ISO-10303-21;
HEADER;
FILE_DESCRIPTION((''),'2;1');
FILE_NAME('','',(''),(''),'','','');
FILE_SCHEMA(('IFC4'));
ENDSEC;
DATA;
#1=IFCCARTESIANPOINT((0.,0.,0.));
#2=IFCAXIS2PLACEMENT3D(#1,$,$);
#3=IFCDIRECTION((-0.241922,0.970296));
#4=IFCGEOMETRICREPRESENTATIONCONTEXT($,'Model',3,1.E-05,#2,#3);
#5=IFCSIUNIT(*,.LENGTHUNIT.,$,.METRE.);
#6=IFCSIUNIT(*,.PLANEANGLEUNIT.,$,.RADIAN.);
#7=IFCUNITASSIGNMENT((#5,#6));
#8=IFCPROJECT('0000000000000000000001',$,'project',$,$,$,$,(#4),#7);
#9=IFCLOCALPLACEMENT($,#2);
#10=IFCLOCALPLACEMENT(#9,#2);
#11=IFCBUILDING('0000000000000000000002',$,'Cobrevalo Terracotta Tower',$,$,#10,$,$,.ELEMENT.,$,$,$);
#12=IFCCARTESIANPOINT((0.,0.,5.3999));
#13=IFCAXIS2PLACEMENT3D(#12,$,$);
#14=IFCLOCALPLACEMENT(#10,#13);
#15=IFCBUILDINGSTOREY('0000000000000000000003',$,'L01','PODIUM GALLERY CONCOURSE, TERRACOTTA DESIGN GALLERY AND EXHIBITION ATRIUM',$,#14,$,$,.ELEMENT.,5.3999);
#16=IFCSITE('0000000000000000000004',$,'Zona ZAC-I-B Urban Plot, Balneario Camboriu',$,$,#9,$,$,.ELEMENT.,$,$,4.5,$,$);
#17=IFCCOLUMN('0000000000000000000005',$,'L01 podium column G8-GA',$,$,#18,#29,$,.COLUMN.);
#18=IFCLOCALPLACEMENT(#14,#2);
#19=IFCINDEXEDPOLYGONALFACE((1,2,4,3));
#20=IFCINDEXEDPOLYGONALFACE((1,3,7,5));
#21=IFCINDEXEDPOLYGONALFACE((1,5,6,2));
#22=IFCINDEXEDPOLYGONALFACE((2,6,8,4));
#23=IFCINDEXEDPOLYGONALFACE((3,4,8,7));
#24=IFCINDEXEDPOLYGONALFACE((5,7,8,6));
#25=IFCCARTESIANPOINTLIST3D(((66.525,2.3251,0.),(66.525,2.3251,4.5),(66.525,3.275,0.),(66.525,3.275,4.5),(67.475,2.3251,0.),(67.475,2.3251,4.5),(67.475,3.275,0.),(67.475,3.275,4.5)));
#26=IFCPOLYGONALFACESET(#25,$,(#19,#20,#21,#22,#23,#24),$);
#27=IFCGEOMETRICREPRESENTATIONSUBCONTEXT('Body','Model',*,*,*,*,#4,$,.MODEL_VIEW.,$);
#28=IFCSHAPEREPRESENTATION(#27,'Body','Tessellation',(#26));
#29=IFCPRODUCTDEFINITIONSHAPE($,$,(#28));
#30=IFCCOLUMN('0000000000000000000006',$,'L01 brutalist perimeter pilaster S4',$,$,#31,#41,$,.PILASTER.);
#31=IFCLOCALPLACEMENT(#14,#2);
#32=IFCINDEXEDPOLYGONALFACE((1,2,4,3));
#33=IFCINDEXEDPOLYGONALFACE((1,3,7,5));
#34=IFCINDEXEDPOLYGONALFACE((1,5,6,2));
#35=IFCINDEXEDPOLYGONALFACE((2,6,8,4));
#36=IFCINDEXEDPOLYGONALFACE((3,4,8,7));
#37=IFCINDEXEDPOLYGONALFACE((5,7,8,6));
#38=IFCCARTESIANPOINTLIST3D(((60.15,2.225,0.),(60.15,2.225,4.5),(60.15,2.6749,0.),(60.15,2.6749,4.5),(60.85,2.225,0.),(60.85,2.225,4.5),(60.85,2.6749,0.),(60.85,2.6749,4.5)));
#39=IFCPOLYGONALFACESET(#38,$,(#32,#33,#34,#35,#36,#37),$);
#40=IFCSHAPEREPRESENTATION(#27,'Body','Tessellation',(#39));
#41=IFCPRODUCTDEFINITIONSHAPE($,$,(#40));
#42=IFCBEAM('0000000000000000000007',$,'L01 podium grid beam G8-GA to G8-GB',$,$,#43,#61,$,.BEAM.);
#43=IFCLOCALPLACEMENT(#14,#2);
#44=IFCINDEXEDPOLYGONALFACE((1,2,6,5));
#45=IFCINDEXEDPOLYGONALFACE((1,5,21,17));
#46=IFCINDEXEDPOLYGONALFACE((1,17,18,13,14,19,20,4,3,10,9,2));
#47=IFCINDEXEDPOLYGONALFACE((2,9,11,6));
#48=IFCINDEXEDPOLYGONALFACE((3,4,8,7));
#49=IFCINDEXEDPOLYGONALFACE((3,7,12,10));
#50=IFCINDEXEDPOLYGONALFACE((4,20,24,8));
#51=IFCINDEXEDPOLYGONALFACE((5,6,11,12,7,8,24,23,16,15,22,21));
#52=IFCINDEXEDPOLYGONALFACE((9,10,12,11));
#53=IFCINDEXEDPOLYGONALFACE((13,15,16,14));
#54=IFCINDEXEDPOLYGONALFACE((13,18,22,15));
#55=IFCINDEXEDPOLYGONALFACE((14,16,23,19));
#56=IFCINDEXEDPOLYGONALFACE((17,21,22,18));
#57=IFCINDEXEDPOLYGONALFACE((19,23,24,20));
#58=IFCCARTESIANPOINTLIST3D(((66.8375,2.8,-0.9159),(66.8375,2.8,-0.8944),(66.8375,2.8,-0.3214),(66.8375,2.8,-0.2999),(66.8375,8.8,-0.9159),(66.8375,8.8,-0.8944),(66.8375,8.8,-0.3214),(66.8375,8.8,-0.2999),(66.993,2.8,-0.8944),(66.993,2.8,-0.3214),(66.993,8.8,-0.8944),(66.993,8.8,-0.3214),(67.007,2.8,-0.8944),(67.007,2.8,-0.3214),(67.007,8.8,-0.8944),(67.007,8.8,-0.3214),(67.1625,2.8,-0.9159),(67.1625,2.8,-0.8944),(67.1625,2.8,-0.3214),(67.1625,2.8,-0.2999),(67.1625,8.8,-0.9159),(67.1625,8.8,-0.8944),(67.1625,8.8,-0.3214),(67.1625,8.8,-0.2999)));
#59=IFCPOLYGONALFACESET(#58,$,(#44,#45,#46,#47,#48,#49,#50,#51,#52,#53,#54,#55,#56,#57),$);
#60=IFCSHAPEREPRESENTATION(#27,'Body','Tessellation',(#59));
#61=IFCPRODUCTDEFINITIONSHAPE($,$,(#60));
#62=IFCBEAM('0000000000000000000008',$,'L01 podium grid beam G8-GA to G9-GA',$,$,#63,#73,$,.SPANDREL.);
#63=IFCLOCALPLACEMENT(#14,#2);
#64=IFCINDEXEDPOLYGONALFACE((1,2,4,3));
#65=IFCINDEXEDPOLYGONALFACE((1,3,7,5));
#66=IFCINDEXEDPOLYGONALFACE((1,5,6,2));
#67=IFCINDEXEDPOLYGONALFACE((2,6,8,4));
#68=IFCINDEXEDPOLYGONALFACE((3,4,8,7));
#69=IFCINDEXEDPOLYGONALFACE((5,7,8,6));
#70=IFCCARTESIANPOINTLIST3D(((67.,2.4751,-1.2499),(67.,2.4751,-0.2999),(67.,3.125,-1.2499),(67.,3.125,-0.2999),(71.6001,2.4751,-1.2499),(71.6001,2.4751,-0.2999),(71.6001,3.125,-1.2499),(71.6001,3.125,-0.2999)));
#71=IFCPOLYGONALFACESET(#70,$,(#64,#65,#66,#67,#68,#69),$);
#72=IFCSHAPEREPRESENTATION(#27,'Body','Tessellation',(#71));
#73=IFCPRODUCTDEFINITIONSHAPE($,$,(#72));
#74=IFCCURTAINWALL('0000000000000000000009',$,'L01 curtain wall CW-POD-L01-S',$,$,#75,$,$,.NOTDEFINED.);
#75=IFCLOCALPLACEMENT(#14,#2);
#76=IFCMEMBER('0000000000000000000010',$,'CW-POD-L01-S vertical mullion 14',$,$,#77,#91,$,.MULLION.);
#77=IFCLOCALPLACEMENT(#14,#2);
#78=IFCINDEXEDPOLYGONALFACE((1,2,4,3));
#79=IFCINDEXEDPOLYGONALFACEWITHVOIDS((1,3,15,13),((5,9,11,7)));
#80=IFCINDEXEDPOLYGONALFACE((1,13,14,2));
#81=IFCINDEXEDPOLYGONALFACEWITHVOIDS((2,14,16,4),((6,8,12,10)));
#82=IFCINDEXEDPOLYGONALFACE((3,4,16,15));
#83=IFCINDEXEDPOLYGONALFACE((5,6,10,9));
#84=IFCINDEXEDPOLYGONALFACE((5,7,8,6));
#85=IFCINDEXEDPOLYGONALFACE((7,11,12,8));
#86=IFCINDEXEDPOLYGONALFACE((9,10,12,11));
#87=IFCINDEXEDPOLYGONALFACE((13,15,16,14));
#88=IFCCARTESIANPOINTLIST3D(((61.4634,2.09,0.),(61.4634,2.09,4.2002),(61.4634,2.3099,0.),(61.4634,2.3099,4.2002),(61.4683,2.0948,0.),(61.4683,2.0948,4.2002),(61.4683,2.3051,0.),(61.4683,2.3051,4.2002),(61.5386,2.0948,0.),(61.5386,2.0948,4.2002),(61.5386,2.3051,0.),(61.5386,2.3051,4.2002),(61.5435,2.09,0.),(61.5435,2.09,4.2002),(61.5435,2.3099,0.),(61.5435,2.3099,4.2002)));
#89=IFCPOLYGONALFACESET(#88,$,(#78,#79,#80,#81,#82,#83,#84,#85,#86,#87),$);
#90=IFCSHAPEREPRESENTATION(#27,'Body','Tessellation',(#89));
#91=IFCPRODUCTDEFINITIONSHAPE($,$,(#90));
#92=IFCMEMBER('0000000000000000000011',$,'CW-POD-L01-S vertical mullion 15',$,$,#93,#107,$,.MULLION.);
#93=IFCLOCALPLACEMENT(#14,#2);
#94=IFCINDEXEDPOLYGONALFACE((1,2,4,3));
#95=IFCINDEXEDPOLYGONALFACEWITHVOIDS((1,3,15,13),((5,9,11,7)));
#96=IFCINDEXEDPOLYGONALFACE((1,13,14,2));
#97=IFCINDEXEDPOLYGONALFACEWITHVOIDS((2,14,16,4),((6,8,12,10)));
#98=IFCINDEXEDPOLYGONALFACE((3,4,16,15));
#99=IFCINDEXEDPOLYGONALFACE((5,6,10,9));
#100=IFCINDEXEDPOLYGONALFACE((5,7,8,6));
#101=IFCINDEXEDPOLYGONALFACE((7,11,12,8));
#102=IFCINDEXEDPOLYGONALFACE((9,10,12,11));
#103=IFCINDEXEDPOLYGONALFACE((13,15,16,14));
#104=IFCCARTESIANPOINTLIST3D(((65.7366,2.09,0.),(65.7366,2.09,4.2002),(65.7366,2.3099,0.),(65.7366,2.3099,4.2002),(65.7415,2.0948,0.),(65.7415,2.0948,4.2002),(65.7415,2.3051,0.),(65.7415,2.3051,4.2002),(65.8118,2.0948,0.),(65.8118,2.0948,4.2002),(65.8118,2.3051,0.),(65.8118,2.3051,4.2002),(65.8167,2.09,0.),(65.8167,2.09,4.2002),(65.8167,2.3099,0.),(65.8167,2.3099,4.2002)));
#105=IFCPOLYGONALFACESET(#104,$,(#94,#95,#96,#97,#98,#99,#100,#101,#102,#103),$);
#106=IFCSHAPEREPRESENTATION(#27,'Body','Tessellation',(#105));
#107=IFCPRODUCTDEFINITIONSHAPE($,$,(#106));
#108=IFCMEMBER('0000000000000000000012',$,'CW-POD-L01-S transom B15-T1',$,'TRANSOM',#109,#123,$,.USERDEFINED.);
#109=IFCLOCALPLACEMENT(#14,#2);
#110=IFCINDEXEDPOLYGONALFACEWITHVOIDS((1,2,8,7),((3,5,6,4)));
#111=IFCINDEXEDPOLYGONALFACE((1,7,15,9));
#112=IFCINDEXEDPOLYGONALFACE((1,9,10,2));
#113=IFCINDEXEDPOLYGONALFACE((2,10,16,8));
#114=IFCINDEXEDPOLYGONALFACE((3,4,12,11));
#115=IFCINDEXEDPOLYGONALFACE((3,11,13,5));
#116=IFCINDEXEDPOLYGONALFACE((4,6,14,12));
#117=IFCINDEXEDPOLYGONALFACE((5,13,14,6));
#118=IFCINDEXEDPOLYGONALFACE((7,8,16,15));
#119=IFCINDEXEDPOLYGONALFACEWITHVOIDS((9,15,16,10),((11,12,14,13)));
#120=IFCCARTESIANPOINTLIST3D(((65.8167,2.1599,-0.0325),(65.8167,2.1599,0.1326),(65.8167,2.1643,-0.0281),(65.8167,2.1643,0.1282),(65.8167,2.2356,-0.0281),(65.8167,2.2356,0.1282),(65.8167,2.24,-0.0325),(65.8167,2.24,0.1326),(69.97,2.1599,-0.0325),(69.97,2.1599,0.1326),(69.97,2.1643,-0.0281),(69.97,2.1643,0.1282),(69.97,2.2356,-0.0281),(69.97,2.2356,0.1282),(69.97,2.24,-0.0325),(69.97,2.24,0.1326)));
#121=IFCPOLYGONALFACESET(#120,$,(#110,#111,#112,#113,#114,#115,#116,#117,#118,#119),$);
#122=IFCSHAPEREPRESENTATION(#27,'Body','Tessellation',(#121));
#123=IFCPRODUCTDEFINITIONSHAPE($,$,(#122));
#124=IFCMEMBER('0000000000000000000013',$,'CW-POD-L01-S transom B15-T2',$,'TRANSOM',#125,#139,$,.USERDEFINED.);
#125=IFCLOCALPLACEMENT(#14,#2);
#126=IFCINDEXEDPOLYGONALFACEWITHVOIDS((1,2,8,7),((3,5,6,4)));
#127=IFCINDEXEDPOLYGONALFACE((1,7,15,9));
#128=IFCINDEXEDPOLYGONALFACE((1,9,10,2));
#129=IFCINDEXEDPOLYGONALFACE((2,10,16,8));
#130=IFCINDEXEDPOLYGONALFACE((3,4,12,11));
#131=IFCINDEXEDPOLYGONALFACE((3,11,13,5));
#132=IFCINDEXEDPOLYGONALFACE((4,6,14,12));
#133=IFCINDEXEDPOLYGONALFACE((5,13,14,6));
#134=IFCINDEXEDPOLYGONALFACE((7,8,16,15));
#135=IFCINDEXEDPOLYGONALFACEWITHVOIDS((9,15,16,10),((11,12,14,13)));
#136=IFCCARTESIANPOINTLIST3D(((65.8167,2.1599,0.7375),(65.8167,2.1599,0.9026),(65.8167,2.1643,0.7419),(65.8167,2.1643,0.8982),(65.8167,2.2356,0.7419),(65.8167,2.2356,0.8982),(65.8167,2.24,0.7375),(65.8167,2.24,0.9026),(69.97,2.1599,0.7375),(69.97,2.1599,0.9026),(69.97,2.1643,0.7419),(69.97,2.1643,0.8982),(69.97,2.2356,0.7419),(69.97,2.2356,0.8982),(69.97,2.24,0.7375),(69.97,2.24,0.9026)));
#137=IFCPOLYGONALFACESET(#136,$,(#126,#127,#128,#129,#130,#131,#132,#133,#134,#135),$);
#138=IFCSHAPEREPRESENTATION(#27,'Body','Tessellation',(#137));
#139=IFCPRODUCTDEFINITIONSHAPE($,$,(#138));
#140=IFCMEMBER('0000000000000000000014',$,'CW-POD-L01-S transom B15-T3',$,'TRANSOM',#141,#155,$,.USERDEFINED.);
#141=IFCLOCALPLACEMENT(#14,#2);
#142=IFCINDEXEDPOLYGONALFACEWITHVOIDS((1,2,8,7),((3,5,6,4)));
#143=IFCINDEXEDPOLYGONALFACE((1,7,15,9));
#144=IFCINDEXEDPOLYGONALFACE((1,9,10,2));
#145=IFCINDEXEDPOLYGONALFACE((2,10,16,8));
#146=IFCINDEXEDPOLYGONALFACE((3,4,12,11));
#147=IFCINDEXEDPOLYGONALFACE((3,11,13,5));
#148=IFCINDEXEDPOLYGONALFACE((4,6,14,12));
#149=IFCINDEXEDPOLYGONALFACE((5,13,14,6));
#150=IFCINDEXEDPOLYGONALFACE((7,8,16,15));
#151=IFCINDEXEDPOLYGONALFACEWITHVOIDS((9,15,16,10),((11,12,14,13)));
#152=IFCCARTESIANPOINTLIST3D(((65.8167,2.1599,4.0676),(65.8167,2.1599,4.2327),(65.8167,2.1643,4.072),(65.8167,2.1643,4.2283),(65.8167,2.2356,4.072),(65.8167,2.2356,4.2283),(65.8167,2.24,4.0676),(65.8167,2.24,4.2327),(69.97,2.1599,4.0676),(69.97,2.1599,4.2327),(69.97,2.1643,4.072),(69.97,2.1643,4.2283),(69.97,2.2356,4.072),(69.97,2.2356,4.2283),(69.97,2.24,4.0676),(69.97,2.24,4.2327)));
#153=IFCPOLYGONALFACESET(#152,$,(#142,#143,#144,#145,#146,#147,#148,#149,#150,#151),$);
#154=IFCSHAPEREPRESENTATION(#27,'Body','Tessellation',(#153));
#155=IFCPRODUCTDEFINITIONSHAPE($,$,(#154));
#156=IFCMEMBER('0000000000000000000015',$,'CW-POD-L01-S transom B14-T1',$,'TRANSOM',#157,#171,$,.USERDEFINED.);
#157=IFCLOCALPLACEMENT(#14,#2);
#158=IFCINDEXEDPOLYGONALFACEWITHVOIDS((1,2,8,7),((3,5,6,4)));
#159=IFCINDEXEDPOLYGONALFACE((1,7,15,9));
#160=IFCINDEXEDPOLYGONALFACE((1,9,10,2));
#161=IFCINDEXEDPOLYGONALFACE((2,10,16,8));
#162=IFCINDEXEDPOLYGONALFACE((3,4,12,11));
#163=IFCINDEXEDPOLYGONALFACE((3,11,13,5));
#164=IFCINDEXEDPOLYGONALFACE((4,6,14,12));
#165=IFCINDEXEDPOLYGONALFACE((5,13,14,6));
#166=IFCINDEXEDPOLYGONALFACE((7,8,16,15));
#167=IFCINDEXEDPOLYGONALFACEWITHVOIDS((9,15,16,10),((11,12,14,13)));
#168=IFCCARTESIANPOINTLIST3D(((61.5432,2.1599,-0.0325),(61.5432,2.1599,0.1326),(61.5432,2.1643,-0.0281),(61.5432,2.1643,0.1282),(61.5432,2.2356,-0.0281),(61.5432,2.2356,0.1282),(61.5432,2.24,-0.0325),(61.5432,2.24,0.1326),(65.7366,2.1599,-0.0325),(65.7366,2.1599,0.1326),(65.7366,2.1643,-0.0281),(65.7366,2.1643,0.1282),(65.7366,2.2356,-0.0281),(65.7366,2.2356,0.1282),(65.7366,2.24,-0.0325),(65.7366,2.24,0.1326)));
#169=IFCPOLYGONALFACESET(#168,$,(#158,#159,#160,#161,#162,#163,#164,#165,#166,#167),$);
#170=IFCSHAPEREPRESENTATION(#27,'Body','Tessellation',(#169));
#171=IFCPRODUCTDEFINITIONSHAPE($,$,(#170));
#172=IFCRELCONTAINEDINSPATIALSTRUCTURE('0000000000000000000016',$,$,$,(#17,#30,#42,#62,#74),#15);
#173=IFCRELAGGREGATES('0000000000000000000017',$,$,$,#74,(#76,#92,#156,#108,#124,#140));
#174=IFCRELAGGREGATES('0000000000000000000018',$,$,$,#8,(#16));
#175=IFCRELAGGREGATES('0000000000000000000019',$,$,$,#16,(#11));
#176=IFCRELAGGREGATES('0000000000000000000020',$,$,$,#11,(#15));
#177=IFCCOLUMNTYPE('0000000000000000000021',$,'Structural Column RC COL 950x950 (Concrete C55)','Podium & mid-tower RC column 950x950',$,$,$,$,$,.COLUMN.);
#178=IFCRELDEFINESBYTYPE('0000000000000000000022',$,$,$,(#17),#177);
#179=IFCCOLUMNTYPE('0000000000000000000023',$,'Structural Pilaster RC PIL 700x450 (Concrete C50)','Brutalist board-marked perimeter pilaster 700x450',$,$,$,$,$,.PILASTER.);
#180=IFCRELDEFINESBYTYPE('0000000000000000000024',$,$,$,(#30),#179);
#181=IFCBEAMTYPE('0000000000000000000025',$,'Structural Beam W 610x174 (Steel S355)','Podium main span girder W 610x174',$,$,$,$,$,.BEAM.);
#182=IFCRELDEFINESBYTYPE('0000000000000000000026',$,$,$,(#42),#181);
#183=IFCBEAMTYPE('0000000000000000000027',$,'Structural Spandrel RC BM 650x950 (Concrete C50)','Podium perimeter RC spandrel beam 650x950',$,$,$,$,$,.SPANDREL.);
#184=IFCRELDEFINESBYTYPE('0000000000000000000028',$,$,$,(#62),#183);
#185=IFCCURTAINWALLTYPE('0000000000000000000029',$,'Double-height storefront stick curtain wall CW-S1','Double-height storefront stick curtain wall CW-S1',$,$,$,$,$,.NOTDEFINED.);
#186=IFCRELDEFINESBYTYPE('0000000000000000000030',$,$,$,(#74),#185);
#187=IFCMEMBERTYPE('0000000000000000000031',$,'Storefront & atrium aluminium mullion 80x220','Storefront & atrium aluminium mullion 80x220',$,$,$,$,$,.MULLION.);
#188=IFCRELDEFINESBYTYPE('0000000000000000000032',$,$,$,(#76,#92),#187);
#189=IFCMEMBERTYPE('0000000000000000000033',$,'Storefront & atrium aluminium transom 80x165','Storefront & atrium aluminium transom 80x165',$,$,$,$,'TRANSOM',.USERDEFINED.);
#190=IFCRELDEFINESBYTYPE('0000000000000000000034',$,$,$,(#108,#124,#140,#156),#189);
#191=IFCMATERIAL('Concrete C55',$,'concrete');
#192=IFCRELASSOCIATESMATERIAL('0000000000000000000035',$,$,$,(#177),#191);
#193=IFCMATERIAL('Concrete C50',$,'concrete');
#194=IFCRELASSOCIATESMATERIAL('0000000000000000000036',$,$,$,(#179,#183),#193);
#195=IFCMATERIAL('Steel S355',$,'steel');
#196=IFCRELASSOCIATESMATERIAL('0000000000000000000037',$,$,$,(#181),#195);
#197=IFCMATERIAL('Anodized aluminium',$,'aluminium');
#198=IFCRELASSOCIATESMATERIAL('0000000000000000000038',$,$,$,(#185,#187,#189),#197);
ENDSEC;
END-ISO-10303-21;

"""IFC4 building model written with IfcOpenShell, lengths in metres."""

from ifc_helpers import new_model, si_unit, direction, frame, origin, origin_2d, place, context, subcontext, project, spatial, rectangle, hollow_rectangle, i_section, extrude, source, transform, mapped, material, material_profile, profile_set, type_object, element, aggregate, save


model = new_model("IFC4")

# Units and contexts
model_context = context("Model", 3, precision=1e-05, world=origin(), true_north=direction((-0.241922, 0.970296)))
body_context = subcontext(model_context, "Body", "Model", "MODEL_VIEW")
ifc_project = project(units=[si_unit("LENGTHUNIT", "METRE"), si_unit("PLANEANGLEUNIT", "RADIAN")], contexts=[model_context])

# Site, building, storey
site_placement = place(None, origin())
site = spatial("IfcSite", under=ifc_project, at=site_placement, Name="Zona ZAC-I-B Urban Plot, Balneario Camboriu", CompositionType="ELEMENT", RefElevation=4.5)
building_placement = place(site_placement, origin())
building = spatial("IfcBuilding", under=site, at=building_placement, Name="Cobrevalo Terracotta Tower", CompositionType="ELEMENT")
storey_placement = place(building_placement, frame((0.0, 0.0, 5.3999)))
storey = spatial("IfcBuildingStorey", under=building, at=storey_placement, Name="L01", Description="PODIUM GALLERY CONCOURSE, TERRACOTTA DESIGN GALLERY AND EXHIBITION ATRIUM", CompositionType="ELEMENT", Elevation=5.3999)

# Columns
ifc_material_1 = material(Name="Concrete C55", Category="concrete")
ifc_material_profile_1 = material_profile(ifc_material_1, rectangle(XDim=0.95, YDim=0.95, at=origin_2d()), Name="RC COL 950x950")
ifc_profile_set_1 = profile_set([ifc_material_profile_1], Name="Concrete C55")
column_type_1 = type_object("IfcColumnType", Name="Structural Column RC COL 950x950 (Concrete C55)", Description="Podium & mid-tower RC column 950x950", PredefinedType="COLUMN", material=ifc_profile_set_1)
column_1_placement = place(storey_placement, frame((67.0, 2.8, 0.0), z_axis=(0.0, 0.0, 1.0), x_axis=(1.0, 0.0, 0.0)))
element("IfcColumn", 1, at=column_1_placement, inside=storey, type_object=column_type_1, Name="L01 podium column G8-GA", PredefinedType="COLUMN", context=body_context, shape_type="SweptSolid", body=[
    extrude(rectangle(XDim=0.95, YDim=0.95, at=origin_2d()), origin(), (0.0, 0.0, 1.0), 4.5),
])
ifc_material_2 = material(Name="Concrete C50", Category="concrete")
ifc_material_profile_2 = material_profile(ifc_material_2, rectangle(XDim=0.7, YDim=0.45, at=origin_2d()), Name="RC PIL 700x450")
ifc_profile_set_2 = profile_set([ifc_material_profile_2], Name="Concrete C50")
column_type_2 = type_object("IfcColumnType", Name="Structural Pilaster RC PIL 700x450 (Concrete C50)", Description="Brutalist board-marked perimeter pilaster 700x450", PredefinedType="PILASTER", material=ifc_profile_set_2)
column_2_placement = place(storey_placement, frame((60.5, 2.45, 0.0), z_axis=(0.0, 0.0, 1.0), x_axis=(1.0, 0.0, 0.0)))
element("IfcColumn", 2, at=column_2_placement, inside=storey, type_object=column_type_2, Name="L01 brutalist perimeter pilaster S4", PredefinedType="PILASTER", context=body_context, shape_type="SweptSolid", body=[
    extrude(rectangle(XDim=0.7, YDim=0.45, at=origin_2d()), origin(), (0.0, 0.0, 1.0), 4.5),
])

# Beams
ifc_material_3 = material(Name="Steel S355", Category="steel")
ifc_material_profile_3 = material_profile(ifc_material_3, i_section(OverallWidth=0.325, OverallDepth=0.616, WebThickness=0.0139, FlangeThickness=0.0215, at=origin_2d()), Name="W 610x174")
ifc_profile_set_3 = profile_set([ifc_material_profile_3], Name="Steel S355")
beam_type_1 = type_object("IfcBeamType", Name="Structural Beam W 610x174 (Steel S355)", Description="Podium main span girder W 610x174", PredefinedType="BEAM", material=ifc_profile_set_3)
beam_1_placement = place(storey_placement, frame((67.0, 2.8, -0.6079), z_axis=(0.0, 1.0, 0.0), x_axis=(-1.0, 0.0, 0.0)))
element("IfcBeam", 3, at=beam_1_placement, inside=storey, type_object=beam_type_1, Name="L01 podium grid beam G8-GA to G8-GB", PredefinedType="BEAM", context=body_context, shape_type="SweptSolid", body=[
    extrude(i_section(OverallWidth=0.325, OverallDepth=0.616, WebThickness=0.0139, FlangeThickness=0.0215, at=origin_2d()), origin(), (0.0, 0.0, 1.0), 6.0),
])
ifc_material_profile_4 = material_profile(ifc_material_2, rectangle(XDim=0.6499, YDim=0.95, at=origin_2d()), Name="RC BM 650x950")
ifc_profile_set_4 = profile_set([ifc_material_profile_4], Name="Concrete C50")
beam_type_2 = type_object("IfcBeamType", Name="Structural Spandrel RC BM 650x950 (Concrete C50)", Description="Podium perimeter RC spandrel beam 650x950", PredefinedType="SPANDREL", material=ifc_profile_set_4)
beam_2_placement = place(storey_placement, frame((67.0, 2.8, -0.7749), z_axis=(1.0, 0.0, 0.0), x_axis=(0.0, 1.0, 0.0)))
element("IfcBeam", 4, at=beam_2_placement, inside=storey, type_object=beam_type_2, Name="L01 podium grid beam G8-GA to G9-GA", PredefinedType="SPANDREL", context=body_context, shape_type="SweptSolid", body=[
    extrude(rectangle(XDim=0.6499, YDim=0.95, at=origin_2d()), origin(), (0.0, 0.0, 1.0), 4.6001),
])

# Curtain wall, members
ifc_material_4 = material(Name="Anodized aluminium", Category="aluminium")
curtain_wall_type = type_object("IfcCurtainWallType", Name="Double-height storefront stick curtain wall CW-S1", Description="Double-height storefront stick curtain wall CW-S1", PredefinedType="NOTDEFINED", material=ifc_material_4)
curtain_wall_placement = place(storey_placement, origin())
curtain_wall = element("IfcCurtainWall", 5, at=curtain_wall_placement, inside=storey, type_object=curtain_wall_type, Name="L01 curtain wall CW-POD-L01-S", PredefinedType="NOTDEFINED")
ifc_material_profile_5 = material_profile(ifc_material_4, hollow_rectangle(XDim=0.0801, YDim=0.22, WallThickness=0.0049, at=origin_2d()), Name="CWM 80x220")
ifc_profile_set_5 = profile_set([ifc_material_profile_5], Name="Anodized aluminium")
member_type_1 = type_object("IfcMemberType", Name="Storefront & atrium aluminium mullion 80x220", Description="Storefront & atrium aluminium mullion 80x220", PredefinedType="MULLION", material=ifc_profile_set_5)
shared_shape_1 = source(origin(), body_context, "Body", "SweptSolid", [
    extrude(hollow_rectangle(XDim=0.0801, YDim=0.22, WallThickness=0.0049, at=origin_2d()), origin(), (0.0, 0.0, 1.0), 4.2002),
])
member_1_placement = place(storey_placement, frame((61.5034, 2.2, 0.0), z_axis=(0.0, 0.0, 1.0), x_axis=(1.0, 0.0, 0.0)))
member_1 = element("IfcMember", 6, at=member_1_placement, type_object=member_type_1, Name="CW-POD-L01-S vertical mullion 14", PredefinedType="MULLION", context=body_context, shape_type="MappedRepresentation", body=[
    mapped(shared_shape_1, transform((0.0, 0.0, 0.0), scale=1.0)),
])
member_2_placement = place(storey_placement, frame((65.7766, 2.2, 0.0), z_axis=(0.0, 0.0, 1.0), x_axis=(1.0, 0.0, 0.0)))
member_2 = element("IfcMember", 7, at=member_2_placement, type_object=member_type_1, Name="CW-POD-L01-S vertical mullion 15", PredefinedType="MULLION", context=body_context, shape_type="MappedRepresentation", body=[
    mapped(shared_shape_1, transform((0.0, 0.0, 0.0), scale=1.0)),
])
ifc_material_profile_6 = material_profile(ifc_material_4, hollow_rectangle(XDim=0.0801, YDim=0.165, WallThickness=0.0044, at=origin_2d()), Name="CWT 80x165")
ifc_profile_set_6 = profile_set([ifc_material_profile_6], Name="Anodized aluminium")
member_type_2 = type_object("IfcMemberType", Name="Storefront & atrium aluminium transom 80x165", Description="Storefront & atrium aluminium transom 80x165", ElementType="TRANSOM", PredefinedType="USERDEFINED", material=ifc_profile_set_6)
shared_shape_2 = source(origin(), body_context, "Body", "SweptSolid", [
    extrude(hollow_rectangle(XDim=0.0801, YDim=0.165, WallThickness=0.0044, at=origin_2d()), origin(), (0.0, 0.0, 1.0), 4.1533),
])
member_3_placement = place(storey_placement, frame((65.8167, 2.2, 0.05), z_axis=(1.0, 0.0, 0.0), x_axis=(0.0, 1.0, 0.0)))
member_3 = element("IfcMember", 8, at=member_3_placement, type_object=member_type_2, Name="CW-POD-L01-S transom B15-T1", ObjectType="TRANSOM", PredefinedType="USERDEFINED", context=body_context, shape_type="MappedRepresentation", body=[
    mapped(shared_shape_2, transform((0.0, 0.0, 0.0), scale=1.0)),
])
member_4_placement = place(storey_placement, frame((65.8167, 2.2, 0.8201), z_axis=(1.0, 0.0, 0.0), x_axis=(0.0, 1.0, 0.0)))
member_4 = element("IfcMember", 9, at=member_4_placement, type_object=member_type_2, Name="CW-POD-L01-S transom B15-T2", ObjectType="TRANSOM", PredefinedType="USERDEFINED", context=body_context, shape_type="MappedRepresentation", body=[
    mapped(shared_shape_2, transform((0.0, 0.0, 0.0), scale=1.0)),
])
member_5_placement = place(storey_placement, frame((65.8167, 2.2, 4.1501), z_axis=(1.0, 0.0, 0.0), x_axis=(0.0, 1.0, 0.0)))
member_5 = element("IfcMember", 10, at=member_5_placement, type_object=member_type_2, Name="CW-POD-L01-S transom B15-T3", ObjectType="TRANSOM", PredefinedType="USERDEFINED", context=body_context, shape_type="MappedRepresentation", body=[
    mapped(shared_shape_2, transform((0.0, 0.0, 0.0), scale=1.0)),
])
shared_shape_3 = source(origin(), body_context, "Body", "SweptSolid", [
    extrude(hollow_rectangle(XDim=0.0801, YDim=0.165, WallThickness=0.0044, at=origin_2d()), origin(), (0.0, 0.0, 1.0), 4.1934),
])
member_6_placement = place(storey_placement, frame((61.5432, 2.2, 0.05), z_axis=(1.0, 0.0, 0.0), x_axis=(0.0, 1.0, 0.0)))
member_6 = element("IfcMember", 11, at=member_6_placement, type_object=member_type_2, Name="CW-POD-L01-S transom B14-T1", ObjectType="TRANSOM", PredefinedType="USERDEFINED", context=body_context, shape_type="MappedRepresentation", body=[
    mapped(shared_shape_3, transform((0.0, 0.0, 0.0), scale=1.0)),
])
aggregate(curtain_wall, [member_1, member_2, member_6, member_3, member_4, member_5])

save(model, "model.ifc")
